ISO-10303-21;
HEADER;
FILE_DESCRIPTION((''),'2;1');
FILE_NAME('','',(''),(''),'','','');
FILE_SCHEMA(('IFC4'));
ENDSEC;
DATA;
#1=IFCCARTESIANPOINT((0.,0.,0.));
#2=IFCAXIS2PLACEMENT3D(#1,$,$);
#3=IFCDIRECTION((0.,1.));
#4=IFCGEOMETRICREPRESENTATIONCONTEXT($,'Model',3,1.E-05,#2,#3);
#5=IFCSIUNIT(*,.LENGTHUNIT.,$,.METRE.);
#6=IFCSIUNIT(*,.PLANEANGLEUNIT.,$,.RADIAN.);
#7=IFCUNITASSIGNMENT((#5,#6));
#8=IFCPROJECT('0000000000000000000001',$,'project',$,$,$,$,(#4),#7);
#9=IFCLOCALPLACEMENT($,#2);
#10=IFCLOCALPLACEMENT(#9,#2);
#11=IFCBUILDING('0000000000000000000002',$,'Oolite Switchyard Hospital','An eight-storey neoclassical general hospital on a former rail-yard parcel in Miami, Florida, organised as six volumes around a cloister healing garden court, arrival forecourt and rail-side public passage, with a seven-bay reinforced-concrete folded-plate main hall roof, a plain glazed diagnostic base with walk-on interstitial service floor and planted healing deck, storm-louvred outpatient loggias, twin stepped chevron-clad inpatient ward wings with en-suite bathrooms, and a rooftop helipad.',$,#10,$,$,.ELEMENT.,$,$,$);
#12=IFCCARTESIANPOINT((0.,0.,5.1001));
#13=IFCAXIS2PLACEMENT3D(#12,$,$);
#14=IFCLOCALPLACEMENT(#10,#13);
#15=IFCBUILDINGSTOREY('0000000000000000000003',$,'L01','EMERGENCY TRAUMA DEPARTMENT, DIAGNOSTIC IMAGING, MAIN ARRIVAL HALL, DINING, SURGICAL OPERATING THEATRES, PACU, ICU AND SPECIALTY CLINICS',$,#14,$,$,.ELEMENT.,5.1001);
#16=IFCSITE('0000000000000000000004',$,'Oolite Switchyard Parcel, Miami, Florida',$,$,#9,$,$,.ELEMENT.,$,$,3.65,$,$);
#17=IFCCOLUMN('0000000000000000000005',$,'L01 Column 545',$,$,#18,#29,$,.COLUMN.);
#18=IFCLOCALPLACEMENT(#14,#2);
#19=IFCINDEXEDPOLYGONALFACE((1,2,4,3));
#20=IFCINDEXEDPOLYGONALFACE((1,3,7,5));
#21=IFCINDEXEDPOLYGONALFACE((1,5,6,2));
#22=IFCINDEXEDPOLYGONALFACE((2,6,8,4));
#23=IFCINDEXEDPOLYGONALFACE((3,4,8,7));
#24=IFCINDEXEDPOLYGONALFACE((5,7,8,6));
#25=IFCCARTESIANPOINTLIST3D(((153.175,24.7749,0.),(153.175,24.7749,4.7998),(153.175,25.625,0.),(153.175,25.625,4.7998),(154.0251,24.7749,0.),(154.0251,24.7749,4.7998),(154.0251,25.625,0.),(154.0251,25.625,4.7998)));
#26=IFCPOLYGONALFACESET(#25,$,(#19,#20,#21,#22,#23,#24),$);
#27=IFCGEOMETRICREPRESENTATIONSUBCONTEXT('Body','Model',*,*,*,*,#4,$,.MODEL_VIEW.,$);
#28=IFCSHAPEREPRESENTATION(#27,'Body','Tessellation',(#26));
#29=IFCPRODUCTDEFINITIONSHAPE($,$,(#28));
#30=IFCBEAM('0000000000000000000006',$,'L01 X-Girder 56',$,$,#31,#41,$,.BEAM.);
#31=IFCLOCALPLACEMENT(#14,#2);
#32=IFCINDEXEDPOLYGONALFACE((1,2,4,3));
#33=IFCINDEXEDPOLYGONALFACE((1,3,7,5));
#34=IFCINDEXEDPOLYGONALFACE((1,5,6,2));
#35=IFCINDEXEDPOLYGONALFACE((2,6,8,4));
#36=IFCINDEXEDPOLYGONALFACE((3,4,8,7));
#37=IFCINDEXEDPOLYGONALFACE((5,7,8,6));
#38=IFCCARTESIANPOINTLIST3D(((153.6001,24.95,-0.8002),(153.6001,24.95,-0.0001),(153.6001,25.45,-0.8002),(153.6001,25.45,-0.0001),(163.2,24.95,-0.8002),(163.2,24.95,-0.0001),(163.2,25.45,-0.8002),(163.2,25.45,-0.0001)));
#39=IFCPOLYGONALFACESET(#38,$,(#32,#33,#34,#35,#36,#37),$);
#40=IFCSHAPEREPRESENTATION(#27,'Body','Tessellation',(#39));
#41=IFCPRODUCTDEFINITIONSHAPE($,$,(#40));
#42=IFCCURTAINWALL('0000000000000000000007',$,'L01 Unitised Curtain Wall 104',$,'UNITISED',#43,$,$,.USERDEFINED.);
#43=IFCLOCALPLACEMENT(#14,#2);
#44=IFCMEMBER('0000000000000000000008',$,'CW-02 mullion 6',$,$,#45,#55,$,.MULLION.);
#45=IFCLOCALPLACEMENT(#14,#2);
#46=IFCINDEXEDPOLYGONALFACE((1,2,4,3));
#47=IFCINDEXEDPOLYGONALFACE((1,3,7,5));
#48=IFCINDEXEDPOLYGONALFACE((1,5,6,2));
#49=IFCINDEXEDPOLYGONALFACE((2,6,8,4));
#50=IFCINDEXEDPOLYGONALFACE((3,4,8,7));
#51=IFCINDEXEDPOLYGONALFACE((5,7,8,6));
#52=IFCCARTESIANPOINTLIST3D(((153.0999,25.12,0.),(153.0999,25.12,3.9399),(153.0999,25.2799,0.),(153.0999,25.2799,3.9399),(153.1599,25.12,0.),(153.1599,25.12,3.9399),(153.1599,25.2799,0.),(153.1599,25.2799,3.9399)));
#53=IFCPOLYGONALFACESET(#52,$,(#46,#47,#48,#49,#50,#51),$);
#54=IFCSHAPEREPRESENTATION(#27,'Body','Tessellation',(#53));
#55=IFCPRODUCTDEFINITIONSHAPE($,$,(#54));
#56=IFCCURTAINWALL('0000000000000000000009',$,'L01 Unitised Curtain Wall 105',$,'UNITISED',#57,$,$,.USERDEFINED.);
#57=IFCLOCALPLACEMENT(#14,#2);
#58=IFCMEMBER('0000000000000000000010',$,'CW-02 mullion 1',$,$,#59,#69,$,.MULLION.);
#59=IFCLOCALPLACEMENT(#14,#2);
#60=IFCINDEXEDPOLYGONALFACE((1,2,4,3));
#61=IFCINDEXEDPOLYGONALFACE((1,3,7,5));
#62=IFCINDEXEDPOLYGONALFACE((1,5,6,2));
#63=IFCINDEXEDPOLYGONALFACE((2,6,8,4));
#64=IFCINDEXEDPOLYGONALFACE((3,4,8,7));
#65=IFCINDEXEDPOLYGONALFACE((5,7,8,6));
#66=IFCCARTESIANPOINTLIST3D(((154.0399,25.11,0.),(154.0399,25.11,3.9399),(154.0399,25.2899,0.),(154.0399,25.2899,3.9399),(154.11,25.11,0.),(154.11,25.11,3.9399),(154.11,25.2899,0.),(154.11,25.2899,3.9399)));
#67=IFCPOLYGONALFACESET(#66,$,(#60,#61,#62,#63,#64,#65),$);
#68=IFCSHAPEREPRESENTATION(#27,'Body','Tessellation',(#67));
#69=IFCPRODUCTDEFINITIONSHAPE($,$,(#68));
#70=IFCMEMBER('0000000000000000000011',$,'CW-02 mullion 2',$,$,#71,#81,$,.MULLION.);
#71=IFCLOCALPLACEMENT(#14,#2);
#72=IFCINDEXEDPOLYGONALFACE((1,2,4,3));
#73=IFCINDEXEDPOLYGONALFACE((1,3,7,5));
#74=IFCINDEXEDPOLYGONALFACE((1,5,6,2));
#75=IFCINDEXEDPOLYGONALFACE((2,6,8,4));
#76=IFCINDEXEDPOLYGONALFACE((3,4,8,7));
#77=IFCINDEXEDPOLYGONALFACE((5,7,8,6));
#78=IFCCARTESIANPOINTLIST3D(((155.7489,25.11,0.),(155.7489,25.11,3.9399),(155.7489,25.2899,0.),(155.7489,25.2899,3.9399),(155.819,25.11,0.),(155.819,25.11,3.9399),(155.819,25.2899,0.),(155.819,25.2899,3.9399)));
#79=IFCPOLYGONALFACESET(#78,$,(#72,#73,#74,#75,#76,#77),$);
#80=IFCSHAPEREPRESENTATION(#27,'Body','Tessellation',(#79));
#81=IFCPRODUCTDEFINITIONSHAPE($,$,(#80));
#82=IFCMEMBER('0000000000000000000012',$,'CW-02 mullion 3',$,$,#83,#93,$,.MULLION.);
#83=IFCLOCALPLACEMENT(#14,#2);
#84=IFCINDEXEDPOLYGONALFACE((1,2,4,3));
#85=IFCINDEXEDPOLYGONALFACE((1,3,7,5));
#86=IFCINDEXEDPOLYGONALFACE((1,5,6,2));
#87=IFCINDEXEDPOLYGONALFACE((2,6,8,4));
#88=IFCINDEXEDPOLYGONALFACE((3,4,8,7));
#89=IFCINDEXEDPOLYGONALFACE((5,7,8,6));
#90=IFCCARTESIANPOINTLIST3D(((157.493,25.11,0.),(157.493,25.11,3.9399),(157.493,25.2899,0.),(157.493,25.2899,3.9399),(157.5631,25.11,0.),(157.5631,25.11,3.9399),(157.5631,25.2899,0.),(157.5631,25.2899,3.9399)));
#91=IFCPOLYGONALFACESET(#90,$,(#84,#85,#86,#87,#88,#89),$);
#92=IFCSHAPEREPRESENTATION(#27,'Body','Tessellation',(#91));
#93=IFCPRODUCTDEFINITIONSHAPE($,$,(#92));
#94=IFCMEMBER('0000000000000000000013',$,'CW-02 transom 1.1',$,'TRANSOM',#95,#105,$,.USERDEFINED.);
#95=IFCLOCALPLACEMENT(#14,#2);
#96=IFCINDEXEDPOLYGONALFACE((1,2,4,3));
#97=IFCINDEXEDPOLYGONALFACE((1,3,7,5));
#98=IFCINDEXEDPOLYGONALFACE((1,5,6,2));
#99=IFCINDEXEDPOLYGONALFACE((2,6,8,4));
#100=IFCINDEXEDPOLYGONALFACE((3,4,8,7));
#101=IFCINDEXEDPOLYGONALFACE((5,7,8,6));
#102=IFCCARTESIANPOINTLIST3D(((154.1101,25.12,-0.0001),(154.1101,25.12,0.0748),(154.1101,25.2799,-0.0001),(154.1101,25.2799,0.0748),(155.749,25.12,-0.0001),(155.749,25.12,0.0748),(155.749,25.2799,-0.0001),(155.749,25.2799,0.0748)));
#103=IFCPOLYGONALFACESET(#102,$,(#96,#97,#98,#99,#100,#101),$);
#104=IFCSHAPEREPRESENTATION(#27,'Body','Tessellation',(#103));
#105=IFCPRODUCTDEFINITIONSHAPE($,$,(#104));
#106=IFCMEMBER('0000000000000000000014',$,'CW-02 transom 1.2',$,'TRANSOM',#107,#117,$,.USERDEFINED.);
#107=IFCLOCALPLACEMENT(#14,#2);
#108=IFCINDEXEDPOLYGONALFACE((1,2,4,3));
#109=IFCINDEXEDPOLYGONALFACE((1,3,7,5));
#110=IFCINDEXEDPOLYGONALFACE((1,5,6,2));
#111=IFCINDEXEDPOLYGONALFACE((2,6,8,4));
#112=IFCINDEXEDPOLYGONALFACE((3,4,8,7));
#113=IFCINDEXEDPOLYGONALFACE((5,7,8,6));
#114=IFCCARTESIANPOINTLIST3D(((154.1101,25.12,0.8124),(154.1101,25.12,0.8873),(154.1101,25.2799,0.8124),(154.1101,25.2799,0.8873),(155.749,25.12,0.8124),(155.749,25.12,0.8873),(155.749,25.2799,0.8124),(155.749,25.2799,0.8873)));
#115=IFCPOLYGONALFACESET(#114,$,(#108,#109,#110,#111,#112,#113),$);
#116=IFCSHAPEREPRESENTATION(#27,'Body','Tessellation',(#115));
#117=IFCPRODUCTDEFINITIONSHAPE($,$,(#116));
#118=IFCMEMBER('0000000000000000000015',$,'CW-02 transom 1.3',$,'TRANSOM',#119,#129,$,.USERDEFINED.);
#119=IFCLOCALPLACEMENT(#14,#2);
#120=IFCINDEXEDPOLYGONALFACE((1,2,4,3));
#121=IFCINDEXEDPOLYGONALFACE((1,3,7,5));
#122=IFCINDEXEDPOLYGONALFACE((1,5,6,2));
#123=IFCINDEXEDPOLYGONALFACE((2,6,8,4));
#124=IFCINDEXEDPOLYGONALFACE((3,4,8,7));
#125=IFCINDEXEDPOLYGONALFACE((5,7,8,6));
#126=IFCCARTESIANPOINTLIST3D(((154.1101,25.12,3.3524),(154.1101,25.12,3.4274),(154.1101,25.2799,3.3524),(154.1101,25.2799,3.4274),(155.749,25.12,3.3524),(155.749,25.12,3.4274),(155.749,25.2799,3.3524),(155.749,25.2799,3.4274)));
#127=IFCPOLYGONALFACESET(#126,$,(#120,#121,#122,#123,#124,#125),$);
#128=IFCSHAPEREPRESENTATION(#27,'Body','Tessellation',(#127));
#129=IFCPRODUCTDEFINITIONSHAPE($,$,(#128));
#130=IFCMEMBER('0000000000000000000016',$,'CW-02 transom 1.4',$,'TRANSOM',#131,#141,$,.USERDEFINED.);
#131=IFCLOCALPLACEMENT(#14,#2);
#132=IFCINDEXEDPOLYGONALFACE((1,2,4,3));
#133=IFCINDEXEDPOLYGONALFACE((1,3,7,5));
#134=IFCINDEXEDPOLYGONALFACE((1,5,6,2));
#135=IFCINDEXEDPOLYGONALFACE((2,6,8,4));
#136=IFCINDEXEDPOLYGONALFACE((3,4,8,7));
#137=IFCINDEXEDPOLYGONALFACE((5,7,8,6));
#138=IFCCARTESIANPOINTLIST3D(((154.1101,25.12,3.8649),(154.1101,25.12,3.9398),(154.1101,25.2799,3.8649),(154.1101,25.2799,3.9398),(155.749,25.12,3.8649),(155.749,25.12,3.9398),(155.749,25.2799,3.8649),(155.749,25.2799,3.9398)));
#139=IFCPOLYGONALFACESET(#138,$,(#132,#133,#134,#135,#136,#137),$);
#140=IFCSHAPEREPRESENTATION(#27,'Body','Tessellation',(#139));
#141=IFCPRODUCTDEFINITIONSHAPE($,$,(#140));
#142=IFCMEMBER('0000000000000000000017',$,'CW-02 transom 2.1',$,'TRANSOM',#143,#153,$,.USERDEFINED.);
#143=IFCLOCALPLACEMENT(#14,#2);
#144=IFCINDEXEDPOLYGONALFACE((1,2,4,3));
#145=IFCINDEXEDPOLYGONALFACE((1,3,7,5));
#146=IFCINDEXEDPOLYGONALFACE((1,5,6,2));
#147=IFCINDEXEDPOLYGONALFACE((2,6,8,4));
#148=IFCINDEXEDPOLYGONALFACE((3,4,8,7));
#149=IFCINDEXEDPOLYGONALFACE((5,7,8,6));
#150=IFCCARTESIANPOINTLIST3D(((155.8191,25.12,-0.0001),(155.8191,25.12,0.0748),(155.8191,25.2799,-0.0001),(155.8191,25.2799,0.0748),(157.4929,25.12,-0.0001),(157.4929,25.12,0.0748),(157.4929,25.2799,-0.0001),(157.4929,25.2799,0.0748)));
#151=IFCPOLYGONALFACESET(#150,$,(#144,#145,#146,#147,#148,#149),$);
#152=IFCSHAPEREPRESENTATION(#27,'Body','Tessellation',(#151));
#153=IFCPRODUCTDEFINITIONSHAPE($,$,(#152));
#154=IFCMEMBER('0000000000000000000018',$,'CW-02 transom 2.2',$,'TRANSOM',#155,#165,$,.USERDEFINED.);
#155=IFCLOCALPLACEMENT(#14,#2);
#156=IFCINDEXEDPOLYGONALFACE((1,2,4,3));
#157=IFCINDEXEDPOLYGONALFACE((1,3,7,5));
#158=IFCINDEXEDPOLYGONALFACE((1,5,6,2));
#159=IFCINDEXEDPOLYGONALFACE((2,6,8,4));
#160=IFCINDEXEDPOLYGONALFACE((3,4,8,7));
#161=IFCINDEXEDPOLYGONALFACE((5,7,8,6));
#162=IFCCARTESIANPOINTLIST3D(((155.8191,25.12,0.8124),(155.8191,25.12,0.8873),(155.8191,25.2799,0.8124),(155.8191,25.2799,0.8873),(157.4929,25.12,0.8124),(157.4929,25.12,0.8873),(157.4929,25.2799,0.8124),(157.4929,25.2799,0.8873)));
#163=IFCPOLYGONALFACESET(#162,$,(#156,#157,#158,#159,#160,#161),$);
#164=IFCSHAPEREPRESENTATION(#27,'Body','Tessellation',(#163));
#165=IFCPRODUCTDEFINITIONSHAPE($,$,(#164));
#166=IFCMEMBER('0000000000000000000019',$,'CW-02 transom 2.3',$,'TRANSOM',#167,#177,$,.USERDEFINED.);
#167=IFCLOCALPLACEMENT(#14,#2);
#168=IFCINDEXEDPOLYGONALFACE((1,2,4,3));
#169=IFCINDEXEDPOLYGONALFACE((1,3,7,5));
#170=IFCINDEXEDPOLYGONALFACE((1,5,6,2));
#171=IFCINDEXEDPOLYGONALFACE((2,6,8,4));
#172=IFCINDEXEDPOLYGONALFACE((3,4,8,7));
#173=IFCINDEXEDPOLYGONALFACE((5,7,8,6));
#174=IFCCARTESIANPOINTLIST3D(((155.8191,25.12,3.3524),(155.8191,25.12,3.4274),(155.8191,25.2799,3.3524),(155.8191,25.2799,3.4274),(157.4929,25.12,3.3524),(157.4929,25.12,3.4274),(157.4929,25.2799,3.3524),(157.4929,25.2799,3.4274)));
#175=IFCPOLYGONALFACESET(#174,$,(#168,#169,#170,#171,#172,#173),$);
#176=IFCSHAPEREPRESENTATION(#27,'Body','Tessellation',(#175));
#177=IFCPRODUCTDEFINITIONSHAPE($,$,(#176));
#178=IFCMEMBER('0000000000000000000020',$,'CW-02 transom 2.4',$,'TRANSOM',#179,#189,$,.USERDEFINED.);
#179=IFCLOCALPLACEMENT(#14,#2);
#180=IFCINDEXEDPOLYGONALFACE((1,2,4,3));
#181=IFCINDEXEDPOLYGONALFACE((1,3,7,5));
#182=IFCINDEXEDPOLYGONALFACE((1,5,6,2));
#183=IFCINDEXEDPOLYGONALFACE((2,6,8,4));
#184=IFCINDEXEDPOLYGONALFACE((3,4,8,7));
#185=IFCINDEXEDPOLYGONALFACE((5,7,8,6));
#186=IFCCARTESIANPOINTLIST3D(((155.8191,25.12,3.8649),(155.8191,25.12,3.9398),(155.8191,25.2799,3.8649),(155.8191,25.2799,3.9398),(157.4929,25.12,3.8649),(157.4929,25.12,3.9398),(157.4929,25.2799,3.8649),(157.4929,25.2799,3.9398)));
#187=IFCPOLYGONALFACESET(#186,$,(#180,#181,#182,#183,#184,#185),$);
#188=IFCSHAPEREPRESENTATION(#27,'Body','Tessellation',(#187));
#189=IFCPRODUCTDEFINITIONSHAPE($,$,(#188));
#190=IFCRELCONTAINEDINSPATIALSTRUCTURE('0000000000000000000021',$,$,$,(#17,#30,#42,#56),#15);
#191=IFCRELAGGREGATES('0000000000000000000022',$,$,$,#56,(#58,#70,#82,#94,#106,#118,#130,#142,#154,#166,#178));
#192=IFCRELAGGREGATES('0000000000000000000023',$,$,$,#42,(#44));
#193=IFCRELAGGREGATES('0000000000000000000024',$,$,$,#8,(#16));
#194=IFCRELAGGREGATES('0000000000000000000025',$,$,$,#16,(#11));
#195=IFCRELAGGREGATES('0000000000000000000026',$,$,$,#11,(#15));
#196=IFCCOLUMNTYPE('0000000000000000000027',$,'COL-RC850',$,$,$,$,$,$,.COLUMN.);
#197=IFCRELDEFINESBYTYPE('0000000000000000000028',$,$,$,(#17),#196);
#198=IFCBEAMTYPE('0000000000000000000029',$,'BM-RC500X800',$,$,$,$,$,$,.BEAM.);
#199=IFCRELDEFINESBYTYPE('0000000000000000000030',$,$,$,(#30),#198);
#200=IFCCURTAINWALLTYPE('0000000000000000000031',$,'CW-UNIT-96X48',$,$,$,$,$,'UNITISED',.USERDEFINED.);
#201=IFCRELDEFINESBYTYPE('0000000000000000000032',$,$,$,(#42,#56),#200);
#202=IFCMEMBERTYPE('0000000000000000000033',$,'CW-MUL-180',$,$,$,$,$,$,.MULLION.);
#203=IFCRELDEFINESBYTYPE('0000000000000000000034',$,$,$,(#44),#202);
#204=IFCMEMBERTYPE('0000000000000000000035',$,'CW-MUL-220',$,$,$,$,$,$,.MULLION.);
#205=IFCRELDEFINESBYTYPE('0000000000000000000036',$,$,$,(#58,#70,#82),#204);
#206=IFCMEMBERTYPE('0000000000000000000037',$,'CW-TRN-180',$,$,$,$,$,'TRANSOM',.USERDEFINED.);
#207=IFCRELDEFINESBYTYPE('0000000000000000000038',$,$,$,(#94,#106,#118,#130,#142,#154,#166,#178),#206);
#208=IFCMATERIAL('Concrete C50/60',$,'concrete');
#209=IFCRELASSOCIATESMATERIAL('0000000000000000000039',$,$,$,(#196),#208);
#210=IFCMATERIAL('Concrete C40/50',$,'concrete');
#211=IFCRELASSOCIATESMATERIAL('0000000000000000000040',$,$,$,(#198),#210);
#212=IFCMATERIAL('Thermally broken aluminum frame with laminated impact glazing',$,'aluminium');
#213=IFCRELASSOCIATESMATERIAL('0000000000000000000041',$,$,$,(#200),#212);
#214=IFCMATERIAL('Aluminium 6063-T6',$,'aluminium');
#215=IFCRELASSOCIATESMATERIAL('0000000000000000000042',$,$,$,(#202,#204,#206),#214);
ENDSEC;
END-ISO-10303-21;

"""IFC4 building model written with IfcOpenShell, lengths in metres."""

from ifc_helpers import new_model, si_unit, direction, frame, origin, origin_2d, place, context, subcontext, project, spatial, rectangle, extrude, material, material_profile, profile_set, type_object, element, aggregate, save


model = new_model("IFC4")

# Units and contexts
model_context = context("Model", 3, precision=1e-05, world=origin(), true_north=direction((0.0, 1.0)))
body_context = subcontext(model_context, "Body", "Model", "MODEL_VIEW")
ifc_project = project(units=[si_unit("LENGTHUNIT", "METRE"), si_unit("PLANEANGLEUNIT", "RADIAN")], contexts=[model_context])

# Site, building, storey
site_placement = place(None, origin())
site = spatial("IfcSite", under=ifc_project, at=site_placement, Name="Oolite Switchyard Parcel, Miami, Florida", CompositionType="ELEMENT", RefElevation=3.65)
building_placement = place(site_placement, origin())
building = spatial("IfcBuilding", under=site, at=building_placement, Name="Oolite Switchyard Hospital", Description="An eight-storey neoclassical general hospital on a former rail-yard parcel in Miami, Florida, organised as six volumes around a cloister healing garden court, arrival forecourt and rail-side public passage, with a seven-bay reinforced-concrete folded-plate main hall roof, a plain glazed diagnostic base with walk-on interstitial service floor and planted healing deck, storm-louvred outpatient loggias, twin stepped chevron-clad inpatient ward wings with en-suite bathrooms, and a rooftop helipad.", CompositionType="ELEMENT")
storey_placement = place(building_placement, frame((0.0, 0.0, 5.1001)))
storey = spatial("IfcBuildingStorey", under=building, at=storey_placement, Name="L01", Description="EMERGENCY TRAUMA DEPARTMENT, DIAGNOSTIC IMAGING, MAIN ARRIVAL HALL, DINING, SURGICAL OPERATING THEATRES, PACU, ICU AND SPECIALTY CLINICS", CompositionType="ELEMENT", Elevation=5.1001)

# Column
ifc_material_1 = material(Name="Concrete C50/60", Category="concrete")
ifc_material_profile_1 = material_profile(ifc_material_1, rectangle(XDim=0.8501, YDim=0.8501, at=origin_2d()), Name="RC850X850")
ifc_profile_set_1 = profile_set([ifc_material_profile_1], Name="Concrete C50/60")
column_type = type_object("IfcColumnType", Name="COL-RC850", PredefinedType="COLUMN", material=ifc_profile_set_1)
column_placement = place(storey_placement, frame((153.6001, 25.2, 0.0), z_axis=(0.0, 0.0, 1.0), x_axis=(1.0, 0.0, 0.0)))
element("IfcColumn", 1, at=column_placement, inside=storey, type_object=column_type, Name="L01 Column 545", PredefinedType="COLUMN", context=body_context, shape_type="SweptSolid", body=[
    extrude(rectangle(XDim=0.8501, YDim=0.8501, at=origin_2d()), origin(), (0.0, 0.0, 1.0), 4.7998),
])

# Beam
ifc_material_2 = material(Name="Concrete C40/50", Category="concrete")
ifc_material_profile_2 = material_profile(ifc_material_2, rectangle(XDim=0.5, YDim=0.8, at=origin_2d()), Name="RCB500X800")
ifc_profile_set_2 = profile_set([ifc_material_profile_2], Name="Concrete C40/50")
beam_type = type_object("IfcBeamType", Name="BM-RC500X800", PredefinedType="BEAM", material=ifc_profile_set_2)
beam_placement = place(storey_placement, frame((153.6001, 25.2, -0.4001), z_axis=(1.0, 0.0, 0.0), x_axis=(0.0, 1.0, 0.0)))
element("IfcBeam", 2, at=beam_placement, inside=storey, type_object=beam_type, Name="L01 X-Girder 56", PredefinedType="BEAM", context=body_context, shape_type="SweptSolid", body=[
    extrude(rectangle(XDim=0.5, YDim=0.8, at=origin_2d()), origin(), (0.0, 0.0, 1.0), 9.5999),
])

# Curtain wall, member
ifc_material_3 = material(Name="Thermally broken aluminum frame with laminated impact glazing", Category="aluminium")
curtain_wall_type = type_object("IfcCurtainWallType", Name="CW-UNIT-96X48", ElementType="UNITISED", PredefinedType="USERDEFINED", material=ifc_material_3)
curtain_wall_1_placement = place(storey_placement, origin())
curtain_wall_1 = element("IfcCurtainWall", 3, at=curtain_wall_1_placement, inside=storey, type_object=curtain_wall_type, Name="L01 Unitised Curtain Wall 104", ObjectType="UNITISED", PredefinedType="USERDEFINED")
ifc_material_4 = material(Name="Aluminium 6063-T6", Category="aluminium")
ifc_material_profile_3 = material_profile(ifc_material_4, rectangle(XDim=0.1599, YDim=0.0601, at=origin_2d()), Name="CWM60X160")
ifc_profile_set_3 = profile_set([ifc_material_profile_3], Name="Aluminium 6063-T6")
member_type_1 = type_object("IfcMemberType", Name="CW-MUL-180", PredefinedType="MULLION", material=ifc_profile_set_3)
member_1_placement = place(storey_placement, frame((153.1299, 25.2, 0.0), z_axis=(0.0, 0.0, 1.0), x_axis=(0.0, 1.0, 0.0)))
member_1 = element("IfcMember", 4, at=member_1_placement, type_object=member_type_1, Name="CW-02 mullion 6", PredefinedType="MULLION", context=body_context, shape_type="SweptSolid", body=[
    extrude(rectangle(XDim=0.1599, YDim=0.0601, at=origin_2d()), origin(), (0.0, 0.0, 1.0), 3.9399),
])

# Curtain wall, members
curtain_wall_2_placement = place(storey_placement, origin())
curtain_wall_2 = element("IfcCurtainWall", 5, at=curtain_wall_2_placement, inside=storey, type_object=curtain_wall_type, Name="L01 Unitised Curtain Wall 105", ObjectType="UNITISED", PredefinedType="USERDEFINED")
ifc_material_profile_4 = material_profile(ifc_material_4, rectangle(XDim=0.1799, YDim=0.0701, at=origin_2d()), Name="CWM70X180")
ifc_profile_set_4 = profile_set([ifc_material_profile_4], Name="Aluminium 6063-T6")
member_type_2 = type_object("IfcMemberType", Name="CW-MUL-220", PredefinedType="MULLION", material=ifc_profile_set_4)
member_2_placement = place(storey_placement, frame((154.075, 25.2, 0.0), z_axis=(0.0, 0.0, 1.0), x_axis=(0.0, 1.0, 0.0)))
member_2 = element("IfcMember", 6, at=member_2_placement, type_object=member_type_2, Name="CW-02 mullion 1", PredefinedType="MULLION", context=body_context, shape_type="SweptSolid", body=[
    extrude(rectangle(XDim=0.1799, YDim=0.0701, at=origin_2d()), origin(), (0.0, 0.0, 1.0), 3.9399),
])
member_3_placement = place(storey_placement, frame((155.7839, 25.2, 0.0), z_axis=(0.0, 0.0, 1.0), x_axis=(0.0, 1.0, 0.0)))
member_3 = element("IfcMember", 7, at=member_3_placement, type_object=member_type_2, Name="CW-02 mullion 2", PredefinedType="MULLION", context=body_context, shape_type="SweptSolid", body=[
    extrude(rectangle(XDim=0.1799, YDim=0.0701, at=origin_2d()), origin(), (0.0, 0.0, 1.0), 3.9399),
])
member_4_placement = place(storey_placement, frame((157.5281, 25.2, 0.0), z_axis=(0.0, 0.0, 1.0), x_axis=(0.0, 1.0, 0.0)))
member_4 = element("IfcMember", 8, at=member_4_placement, type_object=member_type_2, Name="CW-02 mullion 3", PredefinedType="MULLION", context=body_context, shape_type="SweptSolid", body=[
    extrude(rectangle(XDim=0.1799, YDim=0.0701, at=origin_2d()), origin(), (0.0, 0.0, 1.0), 3.9399),
])
ifc_material_profile_5 = material_profile(ifc_material_4, rectangle(XDim=0.1599, YDim=0.075, at=origin_2d()), Name="CWT75X160")
ifc_profile_set_5 = profile_set([ifc_material_profile_5], Name="Aluminium 6063-T6")
member_type_3 = type_object("IfcMemberType", Name="CW-TRN-180", ElementType="TRANSOM", PredefinedType="USERDEFINED", material=ifc_profile_set_5)
member_5_placement = place(storey_placement, frame((154.1101, 25.2, 0.0374), z_axis=(1.0, 0.0, 0.0), x_axis=(0.0, 1.0, 0.0)))
member_5 = element("IfcMember", 9, at=member_5_placement, type_object=member_type_3, Name="CW-02 transom 1.1", ObjectType="TRANSOM", PredefinedType="USERDEFINED", context=body_context, shape_type="SweptSolid", body=[
    extrude(rectangle(XDim=0.1599, YDim=0.075, at=origin_2d()), origin(), (0.0, 0.0, 1.0), 1.6389),
])
member_6_placement = place(storey_placement, frame((154.1101, 25.2, 0.8499), z_axis=(1.0, 0.0, 0.0), x_axis=(0.0, 1.0, 0.0)))
member_6 = element("IfcMember", 10, at=member_6_placement, type_object=member_type_3, Name="CW-02 transom 1.2", ObjectType="TRANSOM", PredefinedType="USERDEFINED", context=body_context, shape_type="SweptSolid", body=[
    extrude(rectangle(XDim=0.1599, YDim=0.075, at=origin_2d()), origin(), (0.0, 0.0, 1.0), 1.6389),
])
member_7_placement = place(storey_placement, frame((154.1101, 25.2, 3.3899), z_axis=(1.0, 0.0, 0.0), x_axis=(0.0, 1.0, 0.0)))
member_7 = element("IfcMember", 11, at=member_7_placement, type_object=member_type_3, Name="CW-02 transom 1.3", ObjectType="TRANSOM", PredefinedType="USERDEFINED", context=body_context, shape_type="SweptSolid", body=[
    extrude(rectangle(XDim=0.1599, YDim=0.075, at=origin_2d()), origin(), (0.0, 0.0, 1.0), 1.6389),
])
member_8_placement = place(storey_placement, frame((154.1101, 25.2, 3.9023), z_axis=(1.0, 0.0, 0.0), x_axis=(0.0, 1.0, 0.0)))
member_8 = element("IfcMember", 12, at=member_8_placement, type_object=member_type_3, Name="CW-02 transom 1.4", ObjectType="TRANSOM", PredefinedType="USERDEFINED", context=body_context, shape_type="SweptSolid", body=[
    extrude(rectangle(XDim=0.1599, YDim=0.075, at=origin_2d()), origin(), (0.0, 0.0, 1.0), 1.6389),
])
member_9_placement = place(storey_placement, frame((155.8191, 25.2, 0.0374), z_axis=(1.0, 0.0, 0.0), x_axis=(0.0, 1.0, 0.0)))
member_9 = element("IfcMember", 13, at=member_9_placement, type_object=member_type_3, Name="CW-02 transom 2.1", ObjectType="TRANSOM", PredefinedType="USERDEFINED", context=body_context, shape_type="SweptSolid", body=[
    extrude(rectangle(XDim=0.1599, YDim=0.075, at=origin_2d()), origin(), (0.0, 0.0, 1.0), 1.6738),
])
member_10_placement = place(storey_placement, frame((155.8191, 25.2, 0.8499), z_axis=(1.0, 0.0, 0.0), x_axis=(0.0, 1.0, 0.0)))
member_10 = element("IfcMember", 14, at=member_10_placement, type_object=member_type_3, Name="CW-02 transom 2.2", ObjectType="TRANSOM", PredefinedType="USERDEFINED", context=body_context, shape_type="SweptSolid", body=[
    extrude(rectangle(XDim=0.1599, YDim=0.075, at=origin_2d()), origin(), (0.0, 0.0, 1.0), 1.6738),
])
member_11_placement = place(storey_placement, frame((155.8191, 25.2, 3.3899), z_axis=(1.0, 0.0, 0.0), x_axis=(0.0, 1.0, 0.0)))
member_11 = element("IfcMember", 15, at=member_11_placement, type_object=member_type_3, Name="CW-02 transom 2.3", ObjectType="TRANSOM", PredefinedType="USERDEFINED", context=body_context, shape_type="SweptSolid", body=[
    extrude(rectangle(XDim=0.1599, YDim=0.075, at=origin_2d()), origin(), (0.0, 0.0, 1.0), 1.6738),
])
member_12_placement = place(storey_placement, frame((155.8191, 25.2, 3.9023), z_axis=(1.0, 0.0, 0.0), x_axis=(0.0, 1.0, 0.0)))
member_12 = element("IfcMember", 16, at=member_12_placement, type_object=member_type_3, Name="CW-02 transom 2.4", ObjectType="TRANSOM", PredefinedType="USERDEFINED", context=body_context, shape_type="SweptSolid", body=[
    extrude(rectangle(XDim=0.1599, YDim=0.075, at=origin_2d()), origin(), (0.0, 0.0, 1.0), 1.6738),
])
aggregate(curtain_wall_2, [member_2, member_3, member_4, member_5, member_6, member_7, member_8, member_9, member_10, member_11, member_12])

aggregate(curtain_wall_1, [member_1])

save(model, "model.ifc")
